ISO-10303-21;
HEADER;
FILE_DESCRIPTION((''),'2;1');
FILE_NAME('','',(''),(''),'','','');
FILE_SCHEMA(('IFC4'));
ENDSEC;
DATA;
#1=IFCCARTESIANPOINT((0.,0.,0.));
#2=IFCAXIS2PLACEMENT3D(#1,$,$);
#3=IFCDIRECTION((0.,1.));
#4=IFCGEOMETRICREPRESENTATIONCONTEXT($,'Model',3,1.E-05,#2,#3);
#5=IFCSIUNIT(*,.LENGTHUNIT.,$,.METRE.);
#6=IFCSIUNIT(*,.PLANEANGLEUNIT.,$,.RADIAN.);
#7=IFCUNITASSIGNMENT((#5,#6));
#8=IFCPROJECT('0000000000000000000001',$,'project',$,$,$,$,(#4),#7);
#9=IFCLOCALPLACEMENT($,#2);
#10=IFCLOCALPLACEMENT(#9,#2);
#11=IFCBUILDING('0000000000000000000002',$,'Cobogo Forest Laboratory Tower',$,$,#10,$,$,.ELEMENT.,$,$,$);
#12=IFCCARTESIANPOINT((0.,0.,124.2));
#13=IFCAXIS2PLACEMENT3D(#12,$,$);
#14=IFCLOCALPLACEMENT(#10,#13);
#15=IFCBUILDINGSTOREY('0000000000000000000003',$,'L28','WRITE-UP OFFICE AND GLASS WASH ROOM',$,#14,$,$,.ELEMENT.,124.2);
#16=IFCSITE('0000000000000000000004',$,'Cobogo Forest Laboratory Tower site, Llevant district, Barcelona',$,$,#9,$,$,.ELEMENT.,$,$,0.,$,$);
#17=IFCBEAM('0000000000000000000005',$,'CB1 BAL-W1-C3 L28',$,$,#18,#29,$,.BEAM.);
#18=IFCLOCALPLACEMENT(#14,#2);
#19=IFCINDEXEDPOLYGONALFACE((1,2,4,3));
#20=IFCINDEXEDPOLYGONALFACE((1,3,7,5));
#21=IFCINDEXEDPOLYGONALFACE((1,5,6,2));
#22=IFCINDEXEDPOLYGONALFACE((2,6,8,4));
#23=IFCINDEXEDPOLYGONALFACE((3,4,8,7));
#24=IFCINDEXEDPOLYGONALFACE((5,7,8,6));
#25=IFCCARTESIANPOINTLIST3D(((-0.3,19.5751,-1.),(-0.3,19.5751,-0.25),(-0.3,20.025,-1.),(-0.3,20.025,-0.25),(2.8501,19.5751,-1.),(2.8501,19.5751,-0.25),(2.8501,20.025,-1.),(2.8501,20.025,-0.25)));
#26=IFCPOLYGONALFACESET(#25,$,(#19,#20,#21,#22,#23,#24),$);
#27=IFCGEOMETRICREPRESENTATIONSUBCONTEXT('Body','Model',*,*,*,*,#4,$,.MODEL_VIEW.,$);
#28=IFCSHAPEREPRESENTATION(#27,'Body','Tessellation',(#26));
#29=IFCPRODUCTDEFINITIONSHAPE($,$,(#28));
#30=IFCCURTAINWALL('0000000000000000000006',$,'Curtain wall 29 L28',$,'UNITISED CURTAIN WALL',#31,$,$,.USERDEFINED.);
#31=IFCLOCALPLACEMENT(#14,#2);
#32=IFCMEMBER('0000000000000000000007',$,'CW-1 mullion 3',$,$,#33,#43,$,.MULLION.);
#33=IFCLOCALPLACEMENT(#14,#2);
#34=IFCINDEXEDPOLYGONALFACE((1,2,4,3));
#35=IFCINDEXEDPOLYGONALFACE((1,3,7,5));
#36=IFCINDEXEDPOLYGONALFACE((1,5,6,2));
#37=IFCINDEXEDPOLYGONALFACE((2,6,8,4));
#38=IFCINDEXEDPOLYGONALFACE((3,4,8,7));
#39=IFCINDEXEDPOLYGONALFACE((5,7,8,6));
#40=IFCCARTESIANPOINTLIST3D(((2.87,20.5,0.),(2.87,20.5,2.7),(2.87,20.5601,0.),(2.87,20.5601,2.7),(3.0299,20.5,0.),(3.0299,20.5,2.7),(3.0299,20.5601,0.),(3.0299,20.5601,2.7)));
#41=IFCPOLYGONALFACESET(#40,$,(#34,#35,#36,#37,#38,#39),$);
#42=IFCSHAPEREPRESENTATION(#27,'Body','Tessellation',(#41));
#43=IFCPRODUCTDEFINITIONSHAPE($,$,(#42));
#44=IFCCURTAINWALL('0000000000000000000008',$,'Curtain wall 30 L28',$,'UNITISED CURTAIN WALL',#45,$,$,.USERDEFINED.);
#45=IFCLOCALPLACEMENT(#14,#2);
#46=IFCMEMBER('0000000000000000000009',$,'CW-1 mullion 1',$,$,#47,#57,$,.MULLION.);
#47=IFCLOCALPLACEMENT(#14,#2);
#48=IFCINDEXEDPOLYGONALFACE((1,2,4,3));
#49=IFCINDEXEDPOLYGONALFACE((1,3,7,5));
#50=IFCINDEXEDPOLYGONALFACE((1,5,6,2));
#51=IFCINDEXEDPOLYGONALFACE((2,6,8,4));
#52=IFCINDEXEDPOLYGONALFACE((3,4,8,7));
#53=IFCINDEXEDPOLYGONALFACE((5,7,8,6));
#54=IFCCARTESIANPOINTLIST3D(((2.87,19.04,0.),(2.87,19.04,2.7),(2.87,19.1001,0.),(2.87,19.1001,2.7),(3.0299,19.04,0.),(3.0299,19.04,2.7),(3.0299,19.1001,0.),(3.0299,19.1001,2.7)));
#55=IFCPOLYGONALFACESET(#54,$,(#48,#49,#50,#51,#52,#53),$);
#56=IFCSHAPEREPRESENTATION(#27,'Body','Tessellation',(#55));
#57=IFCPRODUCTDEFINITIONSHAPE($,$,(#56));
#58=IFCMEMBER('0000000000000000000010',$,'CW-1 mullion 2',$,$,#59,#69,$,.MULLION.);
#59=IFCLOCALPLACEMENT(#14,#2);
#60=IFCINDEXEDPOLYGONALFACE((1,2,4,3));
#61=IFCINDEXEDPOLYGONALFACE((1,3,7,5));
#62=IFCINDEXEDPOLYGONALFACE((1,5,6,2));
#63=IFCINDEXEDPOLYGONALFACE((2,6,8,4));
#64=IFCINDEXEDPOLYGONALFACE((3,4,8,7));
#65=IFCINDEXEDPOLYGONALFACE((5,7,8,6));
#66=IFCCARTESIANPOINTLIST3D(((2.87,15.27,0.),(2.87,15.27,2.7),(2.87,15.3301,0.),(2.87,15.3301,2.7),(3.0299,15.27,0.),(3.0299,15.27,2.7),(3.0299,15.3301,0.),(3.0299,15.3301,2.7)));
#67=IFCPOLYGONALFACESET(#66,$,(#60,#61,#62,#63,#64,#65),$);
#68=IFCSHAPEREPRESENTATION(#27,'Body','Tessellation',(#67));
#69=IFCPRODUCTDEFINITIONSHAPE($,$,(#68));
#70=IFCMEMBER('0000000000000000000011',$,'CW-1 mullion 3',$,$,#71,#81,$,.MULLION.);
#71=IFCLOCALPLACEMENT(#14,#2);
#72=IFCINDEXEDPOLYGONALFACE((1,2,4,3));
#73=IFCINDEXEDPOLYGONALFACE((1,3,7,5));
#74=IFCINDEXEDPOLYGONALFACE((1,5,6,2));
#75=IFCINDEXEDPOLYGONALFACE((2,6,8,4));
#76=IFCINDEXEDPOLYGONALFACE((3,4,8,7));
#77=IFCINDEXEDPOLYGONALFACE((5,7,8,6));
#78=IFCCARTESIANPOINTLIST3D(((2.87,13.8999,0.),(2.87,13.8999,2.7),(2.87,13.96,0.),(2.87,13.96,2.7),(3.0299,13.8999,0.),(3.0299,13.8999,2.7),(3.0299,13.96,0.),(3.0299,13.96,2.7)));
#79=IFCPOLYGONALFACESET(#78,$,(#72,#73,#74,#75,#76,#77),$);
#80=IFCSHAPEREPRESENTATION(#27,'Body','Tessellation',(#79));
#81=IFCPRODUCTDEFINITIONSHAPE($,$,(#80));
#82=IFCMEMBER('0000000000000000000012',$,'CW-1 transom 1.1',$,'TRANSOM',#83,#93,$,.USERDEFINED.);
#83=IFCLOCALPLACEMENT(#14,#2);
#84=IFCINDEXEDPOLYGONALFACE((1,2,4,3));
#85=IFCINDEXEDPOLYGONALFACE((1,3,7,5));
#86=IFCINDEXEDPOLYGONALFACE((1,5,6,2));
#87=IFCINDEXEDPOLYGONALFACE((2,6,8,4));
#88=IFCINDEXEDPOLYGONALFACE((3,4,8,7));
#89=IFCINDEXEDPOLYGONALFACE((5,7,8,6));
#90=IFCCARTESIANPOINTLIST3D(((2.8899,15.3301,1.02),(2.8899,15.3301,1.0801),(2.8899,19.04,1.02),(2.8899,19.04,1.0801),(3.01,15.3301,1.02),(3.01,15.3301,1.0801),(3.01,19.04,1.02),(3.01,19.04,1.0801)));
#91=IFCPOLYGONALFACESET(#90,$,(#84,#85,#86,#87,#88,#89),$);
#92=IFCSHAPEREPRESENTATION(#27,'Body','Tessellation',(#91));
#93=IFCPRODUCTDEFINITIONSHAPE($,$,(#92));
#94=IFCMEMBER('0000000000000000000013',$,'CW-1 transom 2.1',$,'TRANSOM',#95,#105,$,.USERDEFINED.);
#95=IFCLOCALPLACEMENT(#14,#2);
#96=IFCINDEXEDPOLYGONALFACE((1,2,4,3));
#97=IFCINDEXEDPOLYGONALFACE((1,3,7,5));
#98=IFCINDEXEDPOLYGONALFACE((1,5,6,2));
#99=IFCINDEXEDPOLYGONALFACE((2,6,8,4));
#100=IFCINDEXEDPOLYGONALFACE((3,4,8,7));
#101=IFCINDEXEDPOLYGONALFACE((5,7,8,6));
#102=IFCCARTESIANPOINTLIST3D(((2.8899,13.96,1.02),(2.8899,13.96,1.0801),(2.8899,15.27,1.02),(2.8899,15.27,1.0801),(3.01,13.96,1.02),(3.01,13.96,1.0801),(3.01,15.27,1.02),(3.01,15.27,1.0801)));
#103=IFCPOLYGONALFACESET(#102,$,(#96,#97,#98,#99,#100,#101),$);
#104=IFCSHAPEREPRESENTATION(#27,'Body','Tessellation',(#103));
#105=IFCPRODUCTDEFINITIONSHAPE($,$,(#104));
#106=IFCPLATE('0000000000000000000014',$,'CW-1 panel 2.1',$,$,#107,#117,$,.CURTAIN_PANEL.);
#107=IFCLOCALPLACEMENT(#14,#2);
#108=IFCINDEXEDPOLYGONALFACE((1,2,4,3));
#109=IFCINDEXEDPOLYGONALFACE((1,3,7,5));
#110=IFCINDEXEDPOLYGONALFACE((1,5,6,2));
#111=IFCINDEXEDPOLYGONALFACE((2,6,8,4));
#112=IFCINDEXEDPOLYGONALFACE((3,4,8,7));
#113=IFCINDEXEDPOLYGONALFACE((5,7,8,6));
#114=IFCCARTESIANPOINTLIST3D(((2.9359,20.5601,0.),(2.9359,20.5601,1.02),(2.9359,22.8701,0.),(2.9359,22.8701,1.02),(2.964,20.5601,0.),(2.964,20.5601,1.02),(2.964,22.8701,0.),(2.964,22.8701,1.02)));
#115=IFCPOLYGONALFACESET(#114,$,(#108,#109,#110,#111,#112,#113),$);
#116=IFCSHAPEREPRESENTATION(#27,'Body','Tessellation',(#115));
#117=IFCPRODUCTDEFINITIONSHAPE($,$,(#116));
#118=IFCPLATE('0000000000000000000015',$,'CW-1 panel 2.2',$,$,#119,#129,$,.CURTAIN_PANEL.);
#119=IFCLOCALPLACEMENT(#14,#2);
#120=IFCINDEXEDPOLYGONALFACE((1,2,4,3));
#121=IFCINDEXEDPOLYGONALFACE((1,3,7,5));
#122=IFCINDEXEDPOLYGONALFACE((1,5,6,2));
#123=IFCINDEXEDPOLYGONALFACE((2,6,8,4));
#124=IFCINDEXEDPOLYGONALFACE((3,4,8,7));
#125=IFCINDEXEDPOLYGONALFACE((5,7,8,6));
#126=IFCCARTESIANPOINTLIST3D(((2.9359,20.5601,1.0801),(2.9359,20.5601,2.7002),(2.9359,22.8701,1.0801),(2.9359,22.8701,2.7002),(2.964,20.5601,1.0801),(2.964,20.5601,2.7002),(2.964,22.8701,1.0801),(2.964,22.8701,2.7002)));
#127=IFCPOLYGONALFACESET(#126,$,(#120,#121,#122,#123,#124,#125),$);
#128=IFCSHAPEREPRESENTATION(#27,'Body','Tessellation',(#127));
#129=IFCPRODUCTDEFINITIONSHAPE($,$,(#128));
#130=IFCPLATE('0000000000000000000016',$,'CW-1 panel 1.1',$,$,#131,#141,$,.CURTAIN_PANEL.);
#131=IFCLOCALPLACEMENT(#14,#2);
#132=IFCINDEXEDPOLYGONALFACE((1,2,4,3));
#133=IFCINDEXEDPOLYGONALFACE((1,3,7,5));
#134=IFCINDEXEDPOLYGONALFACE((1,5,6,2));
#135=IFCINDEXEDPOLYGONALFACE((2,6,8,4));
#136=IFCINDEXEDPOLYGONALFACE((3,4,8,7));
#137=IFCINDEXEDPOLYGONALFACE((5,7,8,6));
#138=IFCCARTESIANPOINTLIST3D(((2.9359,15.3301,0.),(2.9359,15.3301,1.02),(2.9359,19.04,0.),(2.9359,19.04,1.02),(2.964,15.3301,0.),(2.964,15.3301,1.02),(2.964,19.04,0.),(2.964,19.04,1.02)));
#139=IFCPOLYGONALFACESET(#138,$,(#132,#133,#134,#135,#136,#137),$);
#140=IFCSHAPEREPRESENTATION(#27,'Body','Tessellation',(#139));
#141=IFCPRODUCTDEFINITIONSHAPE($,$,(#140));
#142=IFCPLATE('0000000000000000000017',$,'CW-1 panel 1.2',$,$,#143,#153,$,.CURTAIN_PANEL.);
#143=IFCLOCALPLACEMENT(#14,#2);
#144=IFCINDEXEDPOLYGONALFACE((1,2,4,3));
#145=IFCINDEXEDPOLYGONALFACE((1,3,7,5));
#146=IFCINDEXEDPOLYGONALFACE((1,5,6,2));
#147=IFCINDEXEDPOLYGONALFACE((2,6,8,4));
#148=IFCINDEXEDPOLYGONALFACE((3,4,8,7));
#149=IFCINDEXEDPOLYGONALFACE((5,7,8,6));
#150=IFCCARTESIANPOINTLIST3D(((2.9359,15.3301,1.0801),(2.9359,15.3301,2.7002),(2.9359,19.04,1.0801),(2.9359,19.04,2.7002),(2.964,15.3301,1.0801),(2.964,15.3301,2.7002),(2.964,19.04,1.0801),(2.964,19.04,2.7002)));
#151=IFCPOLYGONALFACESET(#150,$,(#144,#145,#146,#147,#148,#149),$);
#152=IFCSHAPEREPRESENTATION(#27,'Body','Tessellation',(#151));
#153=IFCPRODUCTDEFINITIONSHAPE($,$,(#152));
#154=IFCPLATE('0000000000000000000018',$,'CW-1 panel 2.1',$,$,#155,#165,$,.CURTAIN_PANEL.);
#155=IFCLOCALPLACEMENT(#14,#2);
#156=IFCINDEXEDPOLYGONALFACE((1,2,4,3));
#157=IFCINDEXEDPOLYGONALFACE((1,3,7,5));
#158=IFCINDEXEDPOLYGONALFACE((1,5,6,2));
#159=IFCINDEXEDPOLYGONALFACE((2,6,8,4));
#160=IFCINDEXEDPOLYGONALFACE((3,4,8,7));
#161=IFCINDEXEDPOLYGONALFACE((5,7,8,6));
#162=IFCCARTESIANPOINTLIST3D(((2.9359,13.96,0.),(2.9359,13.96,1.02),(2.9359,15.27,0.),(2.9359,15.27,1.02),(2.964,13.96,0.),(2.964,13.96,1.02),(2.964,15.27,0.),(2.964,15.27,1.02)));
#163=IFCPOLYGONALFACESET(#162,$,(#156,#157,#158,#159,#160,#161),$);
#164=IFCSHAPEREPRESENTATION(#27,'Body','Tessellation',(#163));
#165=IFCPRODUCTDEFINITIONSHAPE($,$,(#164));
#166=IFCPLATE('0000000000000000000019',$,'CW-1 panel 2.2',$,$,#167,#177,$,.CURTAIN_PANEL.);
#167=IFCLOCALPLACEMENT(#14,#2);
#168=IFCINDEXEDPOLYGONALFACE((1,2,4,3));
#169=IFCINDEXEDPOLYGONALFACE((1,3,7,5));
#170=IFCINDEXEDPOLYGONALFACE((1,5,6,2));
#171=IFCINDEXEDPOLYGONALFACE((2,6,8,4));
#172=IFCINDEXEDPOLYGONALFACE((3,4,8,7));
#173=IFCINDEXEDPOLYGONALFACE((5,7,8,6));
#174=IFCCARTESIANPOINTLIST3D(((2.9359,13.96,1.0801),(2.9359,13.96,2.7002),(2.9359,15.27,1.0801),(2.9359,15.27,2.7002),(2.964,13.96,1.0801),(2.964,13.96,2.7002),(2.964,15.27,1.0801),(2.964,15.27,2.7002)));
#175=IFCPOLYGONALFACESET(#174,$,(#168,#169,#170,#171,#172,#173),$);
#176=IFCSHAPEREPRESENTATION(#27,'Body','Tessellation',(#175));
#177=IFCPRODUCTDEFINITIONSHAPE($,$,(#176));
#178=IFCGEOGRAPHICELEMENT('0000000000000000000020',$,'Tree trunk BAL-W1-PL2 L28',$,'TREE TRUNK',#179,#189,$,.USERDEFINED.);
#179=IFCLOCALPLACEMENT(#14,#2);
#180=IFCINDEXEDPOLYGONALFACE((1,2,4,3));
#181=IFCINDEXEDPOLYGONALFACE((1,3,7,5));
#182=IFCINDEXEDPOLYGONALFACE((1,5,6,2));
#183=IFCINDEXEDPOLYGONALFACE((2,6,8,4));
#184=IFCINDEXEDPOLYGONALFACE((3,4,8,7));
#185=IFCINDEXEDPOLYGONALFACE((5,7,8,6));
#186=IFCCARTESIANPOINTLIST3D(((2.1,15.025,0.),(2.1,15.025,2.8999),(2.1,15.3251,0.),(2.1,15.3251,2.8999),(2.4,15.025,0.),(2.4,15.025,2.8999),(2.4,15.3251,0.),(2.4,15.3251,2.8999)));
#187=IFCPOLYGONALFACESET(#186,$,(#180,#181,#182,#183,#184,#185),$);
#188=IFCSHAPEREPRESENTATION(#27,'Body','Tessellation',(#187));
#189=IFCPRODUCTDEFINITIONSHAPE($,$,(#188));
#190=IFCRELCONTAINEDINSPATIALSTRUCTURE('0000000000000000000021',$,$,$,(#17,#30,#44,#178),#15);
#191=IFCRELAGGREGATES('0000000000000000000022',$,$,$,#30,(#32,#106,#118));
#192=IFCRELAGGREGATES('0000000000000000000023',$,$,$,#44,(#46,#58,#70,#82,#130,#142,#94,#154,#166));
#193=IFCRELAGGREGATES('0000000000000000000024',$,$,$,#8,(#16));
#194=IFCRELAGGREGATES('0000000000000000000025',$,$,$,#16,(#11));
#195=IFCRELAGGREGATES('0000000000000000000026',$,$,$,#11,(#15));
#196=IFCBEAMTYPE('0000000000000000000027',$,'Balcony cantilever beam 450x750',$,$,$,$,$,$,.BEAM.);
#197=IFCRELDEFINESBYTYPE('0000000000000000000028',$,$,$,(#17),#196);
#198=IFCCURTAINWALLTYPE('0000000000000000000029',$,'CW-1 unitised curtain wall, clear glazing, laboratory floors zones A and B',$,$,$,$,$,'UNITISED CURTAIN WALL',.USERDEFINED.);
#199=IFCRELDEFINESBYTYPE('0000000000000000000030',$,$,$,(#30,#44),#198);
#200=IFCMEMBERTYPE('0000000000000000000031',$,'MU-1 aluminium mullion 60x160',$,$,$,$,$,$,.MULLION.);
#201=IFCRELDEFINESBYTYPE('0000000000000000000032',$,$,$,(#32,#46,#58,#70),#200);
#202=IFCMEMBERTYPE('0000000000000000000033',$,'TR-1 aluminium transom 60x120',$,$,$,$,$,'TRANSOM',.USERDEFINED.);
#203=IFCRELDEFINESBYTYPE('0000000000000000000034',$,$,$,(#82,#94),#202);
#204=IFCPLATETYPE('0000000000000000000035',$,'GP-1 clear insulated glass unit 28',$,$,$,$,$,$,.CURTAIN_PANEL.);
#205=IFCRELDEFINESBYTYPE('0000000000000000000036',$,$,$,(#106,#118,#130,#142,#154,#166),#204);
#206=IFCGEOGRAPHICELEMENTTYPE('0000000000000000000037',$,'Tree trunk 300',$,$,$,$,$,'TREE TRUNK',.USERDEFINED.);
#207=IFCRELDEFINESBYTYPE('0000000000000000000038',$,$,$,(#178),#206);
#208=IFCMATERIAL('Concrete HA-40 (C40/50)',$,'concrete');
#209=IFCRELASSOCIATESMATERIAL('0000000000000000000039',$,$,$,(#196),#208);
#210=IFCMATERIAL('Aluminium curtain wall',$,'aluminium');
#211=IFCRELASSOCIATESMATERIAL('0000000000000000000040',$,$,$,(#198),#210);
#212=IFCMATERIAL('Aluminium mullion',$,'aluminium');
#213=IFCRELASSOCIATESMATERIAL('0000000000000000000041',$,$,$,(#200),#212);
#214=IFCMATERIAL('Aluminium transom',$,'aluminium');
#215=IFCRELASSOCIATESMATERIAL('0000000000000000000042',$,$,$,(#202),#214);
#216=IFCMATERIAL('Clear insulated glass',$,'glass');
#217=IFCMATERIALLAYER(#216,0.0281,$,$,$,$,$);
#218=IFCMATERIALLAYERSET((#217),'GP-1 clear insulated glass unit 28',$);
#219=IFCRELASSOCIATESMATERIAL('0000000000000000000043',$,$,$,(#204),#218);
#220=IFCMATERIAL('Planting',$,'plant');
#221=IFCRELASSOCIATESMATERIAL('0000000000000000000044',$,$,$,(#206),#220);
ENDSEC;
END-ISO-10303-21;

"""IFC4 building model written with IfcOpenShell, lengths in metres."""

from ifc_helpers import new_model, si_unit, direction, frame, origin, origin_2d, place, context, subcontext, project, spatial, rectangle, extrude, material, layer, layer_set, material_profile, profile_set, type_object, element, aggregate, save


model = new_model("IFC4")

# Units and contexts
model_context = context("Model", 3, precision=1e-05, world=origin(), true_north=direction((0.0, 1.0)))
body_context = subcontext(model_context, "Body", "Model", "MODEL_VIEW")
ifc_project = project(units=[si_unit("LENGTHUNIT", "METRE"), si_unit("PLANEANGLEUNIT", "RADIAN")], contexts=[model_context])

# Site, building, storey
site_placement = place(None, origin())
site = spatial("IfcSite", under=ifc_project, at=site_placement, Name="Cobogo Forest Laboratory Tower site, Llevant district, Barcelona", CompositionType="ELEMENT", RefElevation=0.0)
building_placement = place(site_placement, origin())
building = spatial("IfcBuilding", under=site, at=building_placement, Name="Cobogo Forest Laboratory Tower", CompositionType="ELEMENT")
storey_placement = place(building_placement, frame((0.0, 0.0, 124.2)))
storey = spatial("IfcBuildingStorey", under=building, at=storey_placement, Name="L28", Description="WRITE-UP OFFICE AND GLASS WASH ROOM", CompositionType="ELEMENT", Elevation=124.2)

# Beam
ifc_material_1 = material(Name="Concrete HA-40 (C40/50)", Category="concrete")
ifc_material_profile_1 = material_profile(ifc_material_1, rectangle(XDim=0.45, YDim=0.75, at=origin_2d()), Name="RC 450x750")
ifc_profile_set_1 = profile_set([ifc_material_profile_1], Name="Concrete HA-40 (C40/50)")
beam_type = type_object("IfcBeamType", Name="Balcony cantilever beam 450x750", PredefinedType="BEAM", material=ifc_profile_set_1)
beam_placement = place(storey_placement, frame((2.8501, 19.8, -0.625), z_axis=(-1.0, 0.0, 0.0), x_axis=(0.0, -1.0, 0.0)))
element("IfcBeam", 1, at=beam_placement, inside=storey, type_object=beam_type, Name="CB1 BAL-W1-C3 L28", PredefinedType="BEAM", context=body_context, shape_type="SweptSolid", body=[
    extrude(rectangle(XDim=0.45, YDim=0.75, at=origin_2d()), origin(), (0.0, 0.0, 1.0), 3.1501),
])

# Curtain wall, member
ifc_material_2 = material(Name="Aluminium curtain wall", Category="aluminium")
curtain_wall_type = type_object("IfcCurtainWallType", Name="CW-1 unitised curtain wall, clear glazing, laboratory floors zones A and B", ElementType="UNITISED CURTAIN WALL", PredefinedType="USERDEFINED", material=ifc_material_2)
curtain_wall_1_placement = place(storey_placement, origin())
curtain_wall_1 = element("IfcCurtainWall", 2, at=curtain_wall_1_placement, inside=storey, type_object=curtain_wall_type, Name="Curtain wall 29 L28", ObjectType="UNITISED CURTAIN WALL", PredefinedType="USERDEFINED")
ifc_material_3 = material(Name="Aluminium mullion", Category="aluminium")
ifc_material_profile_2 = material_profile(ifc_material_3, rectangle(XDim=0.0601, YDim=0.1599, at=origin_2d()), Name="AL 60x160")
ifc_profile_set_2 = profile_set([ifc_material_profile_2], Name="Aluminium mullion")
member_type_1 = type_object("IfcMemberType", Name="MU-1 aluminium mullion 60x160", PredefinedType="MULLION", material=ifc_profile_set_2)
member_1_placement = place(storey_placement, frame((2.95, 20.53, 0.0), z_axis=(0.0, 0.0, 1.0), x_axis=(0.0, -1.0, 0.0)))
member_1 = element("IfcMember", 3, at=member_1_placement, type_object=member_type_1, Name="CW-1 mullion 3", PredefinedType="MULLION", context=body_context, shape_type="SweptSolid", body=[
    extrude(rectangle(XDim=0.0601, YDim=0.1599, at=origin_2d()), origin(), (0.0, 0.0, 1.0), 2.7),
])

# Curtain wall, members
curtain_wall_2_placement = place(storey_placement, origin())
curtain_wall_2 = element("IfcCurtainWall", 4, at=curtain_wall_2_placement, inside=storey, type_object=curtain_wall_type, Name="Curtain wall 30 L28", ObjectType="UNITISED CURTAIN WALL", PredefinedType="USERDEFINED")
member_2_placement = place(storey_placement, frame((2.95, 19.0701, 0.0), z_axis=(0.0, 0.0, 1.0), x_axis=(0.0, -1.0, 0.0)))
member_2 = element("IfcMember", 5, at=member_2_placement, type_object=member_type_1, Name="CW-1 mullion 1", PredefinedType="MULLION", context=body_context, shape_type="SweptSolid", body=[
    extrude(rectangle(XDim=0.0601, YDim=0.1599, at=origin_2d()), origin(), (0.0, 0.0, 1.0), 2.7),
])
member_3_placement = place(storey_placement, frame((2.95, 15.3, 0.0), z_axis=(0.0, 0.0, 1.0), x_axis=(0.0, -1.0, 0.0)))
member_3 = element("IfcMember", 6, at=member_3_placement, type_object=member_type_1, Name="CW-1 mullion 2", PredefinedType="MULLION", context=body_context, shape_type="SweptSolid", body=[
    extrude(rectangle(XDim=0.0601, YDim=0.1599, at=origin_2d()), origin(), (0.0, 0.0, 1.0), 2.7),
])
member_4_placement = place(storey_placement, frame((2.95, 13.9299, 0.0), z_axis=(0.0, 0.0, 1.0), x_axis=(0.0, -1.0, 0.0)))
member_4 = element("IfcMember", 7, at=member_4_placement, type_object=member_type_1, Name="CW-1 mullion 3", PredefinedType="MULLION", context=body_context, shape_type="SweptSolid", body=[
    extrude(rectangle(XDim=0.0601, YDim=0.1599, at=origin_2d()), origin(), (0.0, 0.0, 1.0), 2.7),
])
ifc_material_4 = material(Name="Aluminium transom", Category="aluminium")
ifc_material_profile_3 = material_profile(ifc_material_4, rectangle(XDim=0.1201, YDim=0.0601, at=origin_2d()), Name="AL 60x120")
ifc_profile_set_3 = profile_set([ifc_material_profile_3], Name="Aluminium transom")
member_type_2 = type_object("IfcMemberType", Name="TR-1 aluminium transom 60x120", ElementType="TRANSOM", PredefinedType="USERDEFINED", material=ifc_profile_set_3)
member_5_placement = place(storey_placement, frame((2.95, 19.04, 1.05), z_axis=(0.0, -1.0, 0.0), x_axis=(1.0, 0.0, 0.0)))
member_5 = element("IfcMember", 8, at=member_5_placement, type_object=member_type_2, Name="CW-1 transom 1.1", ObjectType="TRANSOM", PredefinedType="USERDEFINED", context=body_context, shape_type="SweptSolid", body=[
    extrude(rectangle(XDim=0.1201, YDim=0.0601, at=origin_2d()), origin(), (0.0, 0.0, 1.0), 3.71),
])
member_6_placement = place(storey_placement, frame((2.95, 15.27, 1.05), z_axis=(0.0, -1.0, 0.0), x_axis=(1.0, 0.0, 0.0)))
member_6 = element("IfcMember", 9, at=member_6_placement, type_object=member_type_2, Name="CW-1 transom 2.1", ObjectType="TRANSOM", PredefinedType="USERDEFINED", context=body_context, shape_type="SweptSolid", body=[
    extrude(rectangle(XDim=0.1201, YDim=0.0601, at=origin_2d()), origin(), (0.0, 0.0, 1.0), 1.3101),
])

# Plates
ifc_material_5 = material(Name="Clear insulated glass", Category="glass")
ifc_layer = layer(ifc_material_5, 0.0281)
ifc_layer_set = layer_set([ifc_layer], Name="GP-1 clear insulated glass unit 28")
plate_type_1 = type_object("IfcPlateType", Name="GP-1 clear insulated glass unit 28", PredefinedType="CURTAIN_PANEL", material=ifc_layer_set)
plate_1_placement = place(storey_placement, frame((2.95, 21.7151, 0.0), z_axis=(0.0, 0.0, 1.0), x_axis=(0.0, -1.0, 0.0)))
plate_1 = element("IfcPlate", 10, at=plate_1_placement, type_object=plate_type_1, Name="CW-1 panel 2.1", PredefinedType="CURTAIN_PANEL", context=body_context, shape_type="SweptSolid", body=[
    extrude(rectangle(XDim=2.3101, YDim=0.0281, at=origin_2d()), origin(), (0.0, 0.0, 1.0), 1.02),
])
plate_2_placement = place(storey_placement, frame((2.95, 21.7151, 1.0801), z_axis=(0.0, 0.0, 1.0), x_axis=(0.0, -1.0, 0.0)))
plate_2 = element("IfcPlate", 11, at=plate_2_placement, type_object=plate_type_1, Name="CW-1 panel 2.2", PredefinedType="CURTAIN_PANEL", context=body_context, shape_type="SweptSolid", body=[
    extrude(rectangle(XDim=2.3101, YDim=0.0281, at=origin_2d()), origin(), (0.0, 0.0, 1.0), 1.6201),
])
aggregate(curtain_wall_1, [member_1, plate_1, plate_2])
plate_3_placement = place(storey_placement, frame((2.95, 17.1851, 0.0), z_axis=(0.0, 0.0, 1.0), x_axis=(0.0, -1.0, 0.0)))
plate_3 = element("IfcPlate", 12, at=plate_3_placement, type_object=plate_type_1, Name="CW-1 panel 1.1", PredefinedType="CURTAIN_PANEL", context=body_context, shape_type="SweptSolid", body=[
    extrude(rectangle(XDim=3.71, YDim=0.0281, at=origin_2d()), origin(), (0.0, 0.0, 1.0), 1.02),
])
plate_4_placement = place(storey_placement, frame((2.95, 17.1851, 1.0801), z_axis=(0.0, 0.0, 1.0), x_axis=(0.0, -1.0, 0.0)))
plate_4 = element("IfcPlate", 13, at=plate_4_placement, type_object=plate_type_1, Name="CW-1 panel 1.2", PredefinedType="CURTAIN_PANEL", context=body_context, shape_type="SweptSolid", body=[
    extrude(rectangle(XDim=3.71, YDim=0.0281, at=origin_2d()), origin(), (0.0, 0.0, 1.0), 1.6201),
])
plate_5_placement = place(storey_placement, frame((2.95, 14.615, 0.0), z_axis=(0.0, 0.0, 1.0), x_axis=(0.0, -1.0, 0.0)))
plate_5 = element("IfcPlate", 14, at=plate_5_placement, type_object=plate_type_1, Name="CW-1 panel 2.1", PredefinedType="CURTAIN_PANEL", context=body_context, shape_type="SweptSolid", body=[
    extrude(rectangle(XDim=1.3101, YDim=0.0281, at=origin_2d()), origin(), (0.0, 0.0, 1.0), 1.02),
])
plate_6_placement = place(storey_placement, frame((2.95, 14.615, 1.0801), z_axis=(0.0, 0.0, 1.0), x_axis=(0.0, -1.0, 0.0)))
plate_6 = element("IfcPlate", 15, at=plate_6_placement, type_object=plate_type_1, Name="CW-1 panel 2.2", PredefinedType="CURTAIN_PANEL", context=body_context, shape_type="SweptSolid", body=[
    extrude(rectangle(XDim=1.3101, YDim=0.0281, at=origin_2d()), origin(), (0.0, 0.0, 1.0), 1.6201),
])
aggregate(curtain_wall_2, [member_2, member_3, member_4, member_5, plate_3, plate_4, member_6, plate_5, plate_6])

# Geographic element
ifc_material_6 = material(Name="Planting", Category="plant")
geographic_element_type = type_object("IfcGeographicElementType", Name="Tree trunk 300", ElementType="TREE TRUNK", PredefinedType="USERDEFINED", material=ifc_material_6)
geographic_element_placement = place(storey_placement, frame((2.25, 15.175, 0.0), z_axis=(0.0, 0.0, 1.0), x_axis=(1.0, 0.0, 0.0)))
element("IfcGeographicElement", 16, at=geographic_element_placement, inside=storey, type_object=geographic_element_type, Name="Tree trunk BAL-W1-PL2 L28", ObjectType="TREE TRUNK", PredefinedType="USERDEFINED", context=body_context, shape_type="SweptSolid", body=[
    extrude(rectangle(XDim=0.3, YDim=0.3, at=origin_2d()), origin(), (0.0, 0.0, 1.0), 2.8999),
])

save(model, "model.ifc")
